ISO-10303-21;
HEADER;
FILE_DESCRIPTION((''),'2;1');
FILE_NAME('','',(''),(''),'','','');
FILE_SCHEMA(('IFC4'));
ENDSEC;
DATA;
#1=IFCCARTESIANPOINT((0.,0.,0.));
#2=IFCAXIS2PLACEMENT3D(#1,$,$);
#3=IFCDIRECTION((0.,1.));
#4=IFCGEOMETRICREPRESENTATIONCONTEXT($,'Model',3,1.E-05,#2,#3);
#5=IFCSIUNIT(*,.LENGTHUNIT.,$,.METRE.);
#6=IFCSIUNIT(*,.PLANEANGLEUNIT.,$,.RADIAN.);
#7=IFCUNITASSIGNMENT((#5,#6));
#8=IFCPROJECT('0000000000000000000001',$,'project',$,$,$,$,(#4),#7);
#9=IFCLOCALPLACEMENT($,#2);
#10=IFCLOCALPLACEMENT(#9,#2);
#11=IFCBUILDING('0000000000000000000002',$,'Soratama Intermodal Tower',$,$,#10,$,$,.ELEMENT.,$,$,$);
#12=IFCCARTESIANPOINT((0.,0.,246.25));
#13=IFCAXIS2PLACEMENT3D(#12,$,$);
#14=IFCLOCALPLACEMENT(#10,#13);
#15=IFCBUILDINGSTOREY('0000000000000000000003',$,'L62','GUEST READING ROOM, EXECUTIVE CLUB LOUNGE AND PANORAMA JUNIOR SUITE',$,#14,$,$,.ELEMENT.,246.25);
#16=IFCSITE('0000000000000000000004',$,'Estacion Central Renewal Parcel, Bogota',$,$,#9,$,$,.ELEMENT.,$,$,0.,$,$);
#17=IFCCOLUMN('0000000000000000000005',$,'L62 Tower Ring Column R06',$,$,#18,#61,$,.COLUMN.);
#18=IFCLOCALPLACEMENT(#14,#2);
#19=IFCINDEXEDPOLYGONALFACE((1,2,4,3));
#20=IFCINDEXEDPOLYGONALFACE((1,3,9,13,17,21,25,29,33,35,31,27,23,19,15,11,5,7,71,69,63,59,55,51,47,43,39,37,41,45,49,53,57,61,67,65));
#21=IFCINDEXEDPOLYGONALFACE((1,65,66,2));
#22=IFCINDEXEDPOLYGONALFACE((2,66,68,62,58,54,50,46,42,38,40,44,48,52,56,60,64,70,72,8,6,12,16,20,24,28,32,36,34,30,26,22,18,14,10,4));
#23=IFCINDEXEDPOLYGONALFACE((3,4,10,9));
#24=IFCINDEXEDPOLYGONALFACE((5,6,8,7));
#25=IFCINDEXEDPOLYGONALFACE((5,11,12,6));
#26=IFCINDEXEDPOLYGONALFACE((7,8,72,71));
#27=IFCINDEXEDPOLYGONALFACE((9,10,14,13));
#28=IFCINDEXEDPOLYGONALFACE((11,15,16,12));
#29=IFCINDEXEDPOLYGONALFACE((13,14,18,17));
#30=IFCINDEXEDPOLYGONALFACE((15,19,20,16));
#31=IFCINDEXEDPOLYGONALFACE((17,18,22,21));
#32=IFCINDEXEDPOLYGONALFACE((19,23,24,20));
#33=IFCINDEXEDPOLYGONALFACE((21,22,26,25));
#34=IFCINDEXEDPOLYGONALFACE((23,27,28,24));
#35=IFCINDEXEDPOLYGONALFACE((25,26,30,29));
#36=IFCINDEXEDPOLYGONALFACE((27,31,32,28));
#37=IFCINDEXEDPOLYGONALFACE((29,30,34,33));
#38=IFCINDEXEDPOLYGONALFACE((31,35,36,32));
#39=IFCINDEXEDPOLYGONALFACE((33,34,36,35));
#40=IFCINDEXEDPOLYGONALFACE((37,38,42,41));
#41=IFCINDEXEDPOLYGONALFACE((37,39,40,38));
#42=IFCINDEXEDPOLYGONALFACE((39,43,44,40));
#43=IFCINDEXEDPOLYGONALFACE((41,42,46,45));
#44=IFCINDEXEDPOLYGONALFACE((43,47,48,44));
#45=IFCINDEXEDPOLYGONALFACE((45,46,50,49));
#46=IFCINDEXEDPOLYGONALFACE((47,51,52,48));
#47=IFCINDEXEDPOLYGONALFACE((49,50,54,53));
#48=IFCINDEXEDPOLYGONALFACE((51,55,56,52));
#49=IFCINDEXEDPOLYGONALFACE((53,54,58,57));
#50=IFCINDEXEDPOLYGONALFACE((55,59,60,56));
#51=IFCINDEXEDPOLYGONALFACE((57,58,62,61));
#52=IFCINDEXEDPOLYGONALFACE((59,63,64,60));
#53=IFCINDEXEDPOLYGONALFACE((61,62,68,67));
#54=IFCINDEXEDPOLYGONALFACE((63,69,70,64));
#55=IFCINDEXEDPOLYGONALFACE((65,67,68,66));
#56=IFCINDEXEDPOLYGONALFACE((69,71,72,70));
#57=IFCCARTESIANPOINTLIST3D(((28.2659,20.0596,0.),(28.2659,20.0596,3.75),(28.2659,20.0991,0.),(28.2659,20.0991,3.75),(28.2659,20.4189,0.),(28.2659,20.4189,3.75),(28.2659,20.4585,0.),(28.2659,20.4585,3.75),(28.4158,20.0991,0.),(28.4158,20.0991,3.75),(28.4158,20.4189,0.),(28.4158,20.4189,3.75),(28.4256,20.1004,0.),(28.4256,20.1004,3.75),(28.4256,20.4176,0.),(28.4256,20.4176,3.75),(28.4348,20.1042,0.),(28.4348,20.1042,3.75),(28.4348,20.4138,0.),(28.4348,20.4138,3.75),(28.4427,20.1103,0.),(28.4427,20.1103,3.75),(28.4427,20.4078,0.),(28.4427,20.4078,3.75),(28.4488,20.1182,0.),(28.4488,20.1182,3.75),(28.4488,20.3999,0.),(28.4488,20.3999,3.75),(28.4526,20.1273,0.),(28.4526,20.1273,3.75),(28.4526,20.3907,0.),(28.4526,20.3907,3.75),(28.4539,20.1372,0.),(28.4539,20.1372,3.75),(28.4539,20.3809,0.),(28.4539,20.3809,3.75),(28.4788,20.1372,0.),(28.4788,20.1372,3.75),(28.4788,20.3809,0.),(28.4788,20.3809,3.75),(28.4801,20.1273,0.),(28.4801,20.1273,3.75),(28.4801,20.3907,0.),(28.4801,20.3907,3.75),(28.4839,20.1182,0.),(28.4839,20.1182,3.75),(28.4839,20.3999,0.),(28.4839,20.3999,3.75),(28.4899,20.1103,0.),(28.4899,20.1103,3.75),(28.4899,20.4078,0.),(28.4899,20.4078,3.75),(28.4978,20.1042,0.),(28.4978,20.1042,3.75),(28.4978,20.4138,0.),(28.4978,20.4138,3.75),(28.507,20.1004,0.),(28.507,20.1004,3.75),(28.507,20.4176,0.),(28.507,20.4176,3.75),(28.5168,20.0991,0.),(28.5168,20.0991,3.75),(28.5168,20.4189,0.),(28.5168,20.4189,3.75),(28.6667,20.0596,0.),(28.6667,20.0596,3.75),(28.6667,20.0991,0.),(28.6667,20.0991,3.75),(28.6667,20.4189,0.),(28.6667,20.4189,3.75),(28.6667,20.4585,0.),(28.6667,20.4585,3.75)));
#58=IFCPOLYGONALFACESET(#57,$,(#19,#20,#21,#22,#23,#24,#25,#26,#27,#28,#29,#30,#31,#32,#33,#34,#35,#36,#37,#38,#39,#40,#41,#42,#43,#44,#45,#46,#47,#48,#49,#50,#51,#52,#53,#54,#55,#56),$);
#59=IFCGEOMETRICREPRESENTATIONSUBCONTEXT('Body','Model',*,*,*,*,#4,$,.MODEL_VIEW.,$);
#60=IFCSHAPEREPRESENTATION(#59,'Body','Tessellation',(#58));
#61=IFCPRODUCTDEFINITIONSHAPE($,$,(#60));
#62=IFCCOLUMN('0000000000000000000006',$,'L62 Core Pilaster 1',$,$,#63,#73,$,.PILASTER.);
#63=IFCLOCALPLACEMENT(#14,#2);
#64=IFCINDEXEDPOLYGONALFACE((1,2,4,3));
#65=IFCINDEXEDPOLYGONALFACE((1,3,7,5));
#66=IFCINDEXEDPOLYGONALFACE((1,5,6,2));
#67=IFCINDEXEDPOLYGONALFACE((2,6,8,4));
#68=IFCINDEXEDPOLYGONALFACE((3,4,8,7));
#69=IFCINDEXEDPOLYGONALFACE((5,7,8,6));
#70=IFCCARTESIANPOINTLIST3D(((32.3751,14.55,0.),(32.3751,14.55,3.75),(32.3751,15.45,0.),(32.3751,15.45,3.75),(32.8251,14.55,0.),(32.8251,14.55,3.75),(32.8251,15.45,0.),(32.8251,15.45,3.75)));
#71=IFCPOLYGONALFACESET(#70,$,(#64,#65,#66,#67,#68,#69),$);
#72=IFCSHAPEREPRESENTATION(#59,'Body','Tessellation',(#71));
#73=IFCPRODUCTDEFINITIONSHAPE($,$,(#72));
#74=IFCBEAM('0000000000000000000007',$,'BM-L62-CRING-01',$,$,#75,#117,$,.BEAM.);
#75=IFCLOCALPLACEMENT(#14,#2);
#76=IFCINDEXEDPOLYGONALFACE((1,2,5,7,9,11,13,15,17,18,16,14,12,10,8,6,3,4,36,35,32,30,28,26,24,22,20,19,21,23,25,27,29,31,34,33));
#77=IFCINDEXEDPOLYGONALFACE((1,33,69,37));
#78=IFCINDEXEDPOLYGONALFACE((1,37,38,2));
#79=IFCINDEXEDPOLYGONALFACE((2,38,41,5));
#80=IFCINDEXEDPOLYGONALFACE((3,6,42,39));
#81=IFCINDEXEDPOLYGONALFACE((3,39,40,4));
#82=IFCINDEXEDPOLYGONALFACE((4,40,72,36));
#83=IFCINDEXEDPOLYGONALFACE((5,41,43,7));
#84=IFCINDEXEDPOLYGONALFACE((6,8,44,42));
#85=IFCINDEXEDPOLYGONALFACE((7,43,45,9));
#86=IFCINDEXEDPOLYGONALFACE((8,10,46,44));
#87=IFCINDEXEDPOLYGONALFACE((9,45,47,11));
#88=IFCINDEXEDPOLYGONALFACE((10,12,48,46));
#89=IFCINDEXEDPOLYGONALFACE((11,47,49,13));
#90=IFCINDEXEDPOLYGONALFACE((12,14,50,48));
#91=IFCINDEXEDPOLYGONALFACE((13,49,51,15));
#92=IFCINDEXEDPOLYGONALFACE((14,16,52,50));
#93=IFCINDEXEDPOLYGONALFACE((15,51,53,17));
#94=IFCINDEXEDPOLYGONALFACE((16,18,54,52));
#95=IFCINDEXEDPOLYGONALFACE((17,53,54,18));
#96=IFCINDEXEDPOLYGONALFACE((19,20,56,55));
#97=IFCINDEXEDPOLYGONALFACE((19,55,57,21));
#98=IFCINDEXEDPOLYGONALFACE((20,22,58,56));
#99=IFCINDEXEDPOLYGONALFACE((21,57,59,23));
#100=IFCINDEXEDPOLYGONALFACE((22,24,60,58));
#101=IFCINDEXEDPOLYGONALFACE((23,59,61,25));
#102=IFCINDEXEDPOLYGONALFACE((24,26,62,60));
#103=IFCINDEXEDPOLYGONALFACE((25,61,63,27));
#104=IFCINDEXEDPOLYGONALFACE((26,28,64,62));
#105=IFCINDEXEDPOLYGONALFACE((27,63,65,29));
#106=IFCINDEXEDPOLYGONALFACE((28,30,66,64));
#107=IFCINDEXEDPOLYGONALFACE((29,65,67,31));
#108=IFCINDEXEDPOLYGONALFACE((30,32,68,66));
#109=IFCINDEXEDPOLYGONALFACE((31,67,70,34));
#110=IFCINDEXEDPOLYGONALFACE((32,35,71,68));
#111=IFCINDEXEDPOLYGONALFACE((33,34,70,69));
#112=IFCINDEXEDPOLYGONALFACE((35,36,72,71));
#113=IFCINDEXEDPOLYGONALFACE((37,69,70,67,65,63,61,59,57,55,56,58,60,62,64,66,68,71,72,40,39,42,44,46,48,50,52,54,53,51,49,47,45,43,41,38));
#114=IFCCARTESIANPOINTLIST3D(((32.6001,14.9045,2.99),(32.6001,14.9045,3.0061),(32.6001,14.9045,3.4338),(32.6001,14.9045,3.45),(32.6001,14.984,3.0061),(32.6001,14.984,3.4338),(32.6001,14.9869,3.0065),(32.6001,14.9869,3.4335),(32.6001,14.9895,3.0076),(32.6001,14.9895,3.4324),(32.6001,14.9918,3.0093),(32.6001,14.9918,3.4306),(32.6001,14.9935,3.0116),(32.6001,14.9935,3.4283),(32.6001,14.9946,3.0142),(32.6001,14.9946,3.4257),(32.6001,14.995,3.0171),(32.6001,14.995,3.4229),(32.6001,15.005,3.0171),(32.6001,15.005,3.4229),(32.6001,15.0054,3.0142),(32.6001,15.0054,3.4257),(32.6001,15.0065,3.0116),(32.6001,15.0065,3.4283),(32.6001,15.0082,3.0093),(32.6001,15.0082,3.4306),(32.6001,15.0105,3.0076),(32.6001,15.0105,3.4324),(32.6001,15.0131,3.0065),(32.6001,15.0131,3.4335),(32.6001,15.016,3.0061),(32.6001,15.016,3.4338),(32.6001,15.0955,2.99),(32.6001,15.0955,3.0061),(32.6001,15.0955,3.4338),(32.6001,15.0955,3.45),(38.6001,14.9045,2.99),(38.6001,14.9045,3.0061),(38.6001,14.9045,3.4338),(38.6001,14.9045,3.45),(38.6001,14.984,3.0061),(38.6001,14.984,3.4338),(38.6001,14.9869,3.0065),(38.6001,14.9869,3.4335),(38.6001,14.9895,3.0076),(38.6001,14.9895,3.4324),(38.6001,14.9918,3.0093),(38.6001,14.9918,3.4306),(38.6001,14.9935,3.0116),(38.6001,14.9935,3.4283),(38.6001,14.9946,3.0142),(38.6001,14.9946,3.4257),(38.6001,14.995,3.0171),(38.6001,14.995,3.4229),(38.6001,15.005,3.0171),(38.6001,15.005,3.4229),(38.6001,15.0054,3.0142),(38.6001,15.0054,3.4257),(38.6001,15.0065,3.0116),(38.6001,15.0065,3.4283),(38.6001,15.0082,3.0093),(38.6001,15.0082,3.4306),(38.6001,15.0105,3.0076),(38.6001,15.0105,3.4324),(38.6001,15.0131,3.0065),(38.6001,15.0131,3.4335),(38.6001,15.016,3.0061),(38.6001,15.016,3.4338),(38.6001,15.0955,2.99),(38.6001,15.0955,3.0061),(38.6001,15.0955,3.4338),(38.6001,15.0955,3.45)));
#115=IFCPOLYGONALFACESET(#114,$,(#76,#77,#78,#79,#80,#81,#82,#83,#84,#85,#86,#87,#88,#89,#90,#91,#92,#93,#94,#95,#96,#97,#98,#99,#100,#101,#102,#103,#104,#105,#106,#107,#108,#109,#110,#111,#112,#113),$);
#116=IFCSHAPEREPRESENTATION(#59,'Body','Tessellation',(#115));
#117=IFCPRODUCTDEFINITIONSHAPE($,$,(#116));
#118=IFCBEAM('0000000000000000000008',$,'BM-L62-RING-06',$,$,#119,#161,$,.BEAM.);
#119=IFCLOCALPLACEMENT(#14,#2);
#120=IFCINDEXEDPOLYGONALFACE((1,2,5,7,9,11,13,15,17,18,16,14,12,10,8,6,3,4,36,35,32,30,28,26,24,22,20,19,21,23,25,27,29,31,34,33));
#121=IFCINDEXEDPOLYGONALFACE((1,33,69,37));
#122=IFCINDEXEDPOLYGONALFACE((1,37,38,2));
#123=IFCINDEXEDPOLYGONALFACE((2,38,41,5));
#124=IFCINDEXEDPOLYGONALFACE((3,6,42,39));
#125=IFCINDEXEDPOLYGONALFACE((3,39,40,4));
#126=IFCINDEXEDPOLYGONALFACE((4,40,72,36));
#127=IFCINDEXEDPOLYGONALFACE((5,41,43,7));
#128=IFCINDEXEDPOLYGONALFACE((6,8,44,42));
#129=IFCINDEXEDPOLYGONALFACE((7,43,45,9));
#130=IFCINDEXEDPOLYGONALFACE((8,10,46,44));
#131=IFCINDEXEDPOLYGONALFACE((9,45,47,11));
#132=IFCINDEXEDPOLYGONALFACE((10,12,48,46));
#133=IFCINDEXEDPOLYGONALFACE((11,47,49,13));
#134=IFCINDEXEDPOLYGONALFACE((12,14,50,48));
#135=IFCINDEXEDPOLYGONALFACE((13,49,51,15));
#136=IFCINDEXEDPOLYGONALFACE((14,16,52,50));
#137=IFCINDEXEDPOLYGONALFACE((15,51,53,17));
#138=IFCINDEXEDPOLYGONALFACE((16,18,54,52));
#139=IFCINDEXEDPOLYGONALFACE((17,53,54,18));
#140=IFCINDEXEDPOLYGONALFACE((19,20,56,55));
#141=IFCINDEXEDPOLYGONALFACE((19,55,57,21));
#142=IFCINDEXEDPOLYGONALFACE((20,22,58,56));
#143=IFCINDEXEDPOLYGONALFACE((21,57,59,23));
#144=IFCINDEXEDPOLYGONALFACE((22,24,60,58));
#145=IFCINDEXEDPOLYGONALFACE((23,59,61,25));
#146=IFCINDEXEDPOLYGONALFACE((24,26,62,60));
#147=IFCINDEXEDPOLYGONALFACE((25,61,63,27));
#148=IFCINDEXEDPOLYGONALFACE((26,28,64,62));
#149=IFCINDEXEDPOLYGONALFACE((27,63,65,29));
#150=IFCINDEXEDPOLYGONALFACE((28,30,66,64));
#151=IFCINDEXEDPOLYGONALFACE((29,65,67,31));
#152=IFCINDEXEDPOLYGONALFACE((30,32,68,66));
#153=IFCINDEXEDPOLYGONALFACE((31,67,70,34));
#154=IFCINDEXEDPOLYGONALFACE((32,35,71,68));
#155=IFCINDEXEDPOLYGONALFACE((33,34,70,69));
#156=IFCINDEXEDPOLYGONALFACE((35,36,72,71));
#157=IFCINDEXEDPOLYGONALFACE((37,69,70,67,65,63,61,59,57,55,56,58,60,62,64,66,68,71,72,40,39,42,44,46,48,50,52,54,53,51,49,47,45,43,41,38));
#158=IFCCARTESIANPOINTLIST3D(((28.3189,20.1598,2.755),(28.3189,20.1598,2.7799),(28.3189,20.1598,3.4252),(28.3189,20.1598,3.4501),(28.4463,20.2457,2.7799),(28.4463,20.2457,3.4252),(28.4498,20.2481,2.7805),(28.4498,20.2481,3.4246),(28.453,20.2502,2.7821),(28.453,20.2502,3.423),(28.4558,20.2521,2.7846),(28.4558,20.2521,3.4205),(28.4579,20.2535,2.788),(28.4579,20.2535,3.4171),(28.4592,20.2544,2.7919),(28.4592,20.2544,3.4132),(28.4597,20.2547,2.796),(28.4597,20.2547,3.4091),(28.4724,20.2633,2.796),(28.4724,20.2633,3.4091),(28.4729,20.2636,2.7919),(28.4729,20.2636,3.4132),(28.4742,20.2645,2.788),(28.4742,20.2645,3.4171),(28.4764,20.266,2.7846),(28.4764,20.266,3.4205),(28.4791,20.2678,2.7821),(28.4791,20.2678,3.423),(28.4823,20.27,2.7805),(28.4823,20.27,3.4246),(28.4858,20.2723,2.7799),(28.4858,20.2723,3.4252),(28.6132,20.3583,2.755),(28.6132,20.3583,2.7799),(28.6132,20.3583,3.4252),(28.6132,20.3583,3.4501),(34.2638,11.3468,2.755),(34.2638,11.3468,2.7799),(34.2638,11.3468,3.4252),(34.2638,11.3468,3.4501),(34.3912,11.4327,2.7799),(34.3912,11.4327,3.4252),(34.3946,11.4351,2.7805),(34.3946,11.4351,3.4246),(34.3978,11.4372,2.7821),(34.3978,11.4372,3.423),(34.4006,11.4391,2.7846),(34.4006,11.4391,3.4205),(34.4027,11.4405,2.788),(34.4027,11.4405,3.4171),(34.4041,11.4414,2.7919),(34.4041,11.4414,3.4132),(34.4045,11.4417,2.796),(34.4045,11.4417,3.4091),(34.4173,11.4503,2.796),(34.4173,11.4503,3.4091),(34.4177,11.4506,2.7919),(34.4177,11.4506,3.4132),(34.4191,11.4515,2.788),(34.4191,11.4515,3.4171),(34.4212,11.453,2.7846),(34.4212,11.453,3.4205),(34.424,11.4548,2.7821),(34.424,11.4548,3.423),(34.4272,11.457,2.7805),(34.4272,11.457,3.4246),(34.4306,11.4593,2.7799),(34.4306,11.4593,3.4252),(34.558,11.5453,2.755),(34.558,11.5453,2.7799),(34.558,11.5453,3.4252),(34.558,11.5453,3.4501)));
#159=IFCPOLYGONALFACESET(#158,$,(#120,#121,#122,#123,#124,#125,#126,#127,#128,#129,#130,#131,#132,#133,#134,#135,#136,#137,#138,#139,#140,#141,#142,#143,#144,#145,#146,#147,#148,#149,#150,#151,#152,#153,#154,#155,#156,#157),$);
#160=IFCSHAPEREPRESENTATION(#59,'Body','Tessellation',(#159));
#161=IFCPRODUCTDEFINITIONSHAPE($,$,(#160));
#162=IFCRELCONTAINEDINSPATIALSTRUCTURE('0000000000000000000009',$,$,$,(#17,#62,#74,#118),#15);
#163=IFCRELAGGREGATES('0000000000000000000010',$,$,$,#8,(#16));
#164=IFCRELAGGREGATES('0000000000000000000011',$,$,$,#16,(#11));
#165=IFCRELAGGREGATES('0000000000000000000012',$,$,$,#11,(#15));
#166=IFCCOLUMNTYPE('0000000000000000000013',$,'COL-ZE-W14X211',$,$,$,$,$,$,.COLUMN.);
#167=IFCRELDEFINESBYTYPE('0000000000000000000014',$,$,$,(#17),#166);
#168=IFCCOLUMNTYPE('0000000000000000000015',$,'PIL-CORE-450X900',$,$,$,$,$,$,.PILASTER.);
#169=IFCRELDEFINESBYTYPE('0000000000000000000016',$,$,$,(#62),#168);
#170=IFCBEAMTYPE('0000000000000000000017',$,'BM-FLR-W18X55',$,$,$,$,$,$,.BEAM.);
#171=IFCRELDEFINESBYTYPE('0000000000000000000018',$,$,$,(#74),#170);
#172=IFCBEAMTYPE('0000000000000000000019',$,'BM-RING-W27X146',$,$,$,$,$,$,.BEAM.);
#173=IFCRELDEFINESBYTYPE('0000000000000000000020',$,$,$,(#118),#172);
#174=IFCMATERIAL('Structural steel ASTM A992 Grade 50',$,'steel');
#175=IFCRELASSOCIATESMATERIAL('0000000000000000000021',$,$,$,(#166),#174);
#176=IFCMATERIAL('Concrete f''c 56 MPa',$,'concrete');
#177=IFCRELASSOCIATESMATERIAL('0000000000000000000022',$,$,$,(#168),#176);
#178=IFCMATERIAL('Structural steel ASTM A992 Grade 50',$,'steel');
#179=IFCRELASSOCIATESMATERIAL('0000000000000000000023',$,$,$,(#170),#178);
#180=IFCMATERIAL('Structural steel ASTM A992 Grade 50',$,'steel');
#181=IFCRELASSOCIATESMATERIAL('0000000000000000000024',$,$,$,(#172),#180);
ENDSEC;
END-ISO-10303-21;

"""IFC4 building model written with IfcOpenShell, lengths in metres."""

from ifc_helpers import new_model, si_unit, direction, frame, origin, origin_2d, place, context, subcontext, project, spatial, rectangle, i_section, extrude, material, material_profile, profile_set, type_object, element, save


model = new_model("IFC4")

# Units and contexts
model_context = context("Model", 3, precision=1e-05, world=origin(), true_north=direction((0.0, 1.0)))
body_context = subcontext(model_context, "Body", "Model", "MODEL_VIEW")
ifc_project = project(units=[si_unit("LENGTHUNIT", "METRE"), si_unit("PLANEANGLEUNIT", "RADIAN")], contexts=[model_context])

# Site, building, storey
site_placement = place(None, origin())
site = spatial("IfcSite", under=ifc_project, at=site_placement, Name="Estacion Central Renewal Parcel, Bogota", CompositionType="ELEMENT", RefElevation=0.0)
building_placement = place(site_placement, origin())
building = spatial("IfcBuilding", under=site, at=building_placement, Name="Soratama Intermodal Tower", CompositionType="ELEMENT")
storey_placement = place(building_placement, frame((0.0, 0.0, 246.25)))
storey = spatial("IfcBuildingStorey", under=building, at=storey_placement, Name="L62", Description="GUEST READING ROOM, EXECUTIVE CLUB LOUNGE AND PANORAMA JUNIOR SUITE", CompositionType="ELEMENT", Elevation=246.25)

# Columns
ifc_material_1 = material(Name="Structural steel ASTM A992 Grade 50", Category="steel")
ifc_material_profile_1 = material_profile(ifc_material_1, i_section(OverallWidth=0.4009, OverallDepth=0.3989, WebThickness=0.0249, FlangeThickness=0.0396, FilletRadius=0.0381, at=origin_2d()), Name="W14X211")
ifc_profile_set_1 = profile_set([ifc_material_profile_1], Name="Structural steel ASTM A992 Grade 50")
column_type_1 = type_object("IfcColumnType", Name="COL-ZE-W14X211", PredefinedType="COLUMN", material=ifc_profile_set_1)
column_1_placement = place(storey_placement, frame((28.4663, 20.259, 0.0), z_axis=(0.0, 0.0, 1.0), x_axis=(1.0, 0.0, 0.0)))
element("IfcColumn", 1, at=column_1_placement, inside=storey, type_object=column_type_1, Name="L62 Tower Ring Column R06", PredefinedType="COLUMN", context=body_context, shape_type="SweptSolid", body=[
    extrude(i_section(OverallWidth=0.4009, OverallDepth=0.3989, WebThickness=0.0249, FlangeThickness=0.0396, FilletRadius=0.0381, at=origin_2d()), origin(), (0.0, 0.0, 1.0), 3.75),
])
ifc_material_2 = material(Name="Concrete f'c 56 MPa", Category="concrete")
ifc_material_profile_2 = material_profile(ifc_material_2, rectangle(XDim=0.45, YDim=0.8999, at=origin_2d()), Name="RC450X900")
ifc_profile_set_2 = profile_set([ifc_material_profile_2], Name="Concrete f'c 56 MPa")
column_type_2 = type_object("IfcColumnType", Name="PIL-CORE-450X900", PredefinedType="PILASTER", material=ifc_profile_set_2)
column_2_placement = place(storey_placement, frame((32.6001, 15.0, 0.0), z_axis=(0.0, 0.0, 1.0), x_axis=(1.0, 0.0, 0.0)))
element("IfcColumn", 2, at=column_2_placement, inside=storey, type_object=column_type_2, Name="L62 Core Pilaster 1", PredefinedType="PILASTER", context=body_context, shape_type="SweptSolid", body=[
    extrude(rectangle(XDim=0.45, YDim=0.8999, at=origin_2d()), origin(), (0.0, 0.0, 1.0), 3.75),
])

# Beams
ifc_material_3 = material(Name="Structural steel ASTM A992 Grade 50", Category="steel")
ifc_material_profile_3 = material_profile(ifc_material_3, i_section(OverallWidth=0.1909, OverallDepth=0.46, WebThickness=0.01, FlangeThickness=0.0161, FilletRadius=0.011, at=origin_2d()), Name="W18X55")
ifc_profile_set_3 = profile_set([ifc_material_profile_3], Name="Structural steel ASTM A992 Grade 50")
beam_type_1 = type_object("IfcBeamType", Name="BM-FLR-W18X55", PredefinedType="BEAM", material=ifc_profile_set_3)
beam_1_placement = place(storey_placement, frame((32.6001, 15.0, 3.22), z_axis=(1.0, 0.0, 0.0), x_axis=(0.0, 1.0, 0.0)))
element("IfcBeam", 3, at=beam_1_placement, inside=storey, type_object=beam_type_1, Name="BM-L62-CRING-01", PredefinedType="BEAM", context=body_context, shape_type="SweptSolid", body=[
    extrude(i_section(OverallWidth=0.1909, OverallDepth=0.46, WebThickness=0.01, FlangeThickness=0.0161, FilletRadius=0.011, at=origin_2d()), origin(), (0.0, 0.0, 1.0), 6.0),
])
ifc_material_4 = material(Name="Structural steel ASTM A992 Grade 50", Category="steel")
ifc_material_profile_4 = material_profile(ifc_material_4, i_section(OverallWidth=0.355, OverallDepth=0.6951, WebThickness=0.0154, FlangeThickness=0.0249, FilletRadius=0.0161, at=origin_2d()), Name="W27X146")
ifc_profile_set_4 = profile_set([ifc_material_profile_4], Name="Structural steel ASTM A992 Grade 50")
beam_type_2 = type_object("IfcBeamType", Name="BM-RING-W27X146", PredefinedType="BEAM", material=ifc_profile_set_4)
beam_2_placement = place(storey_placement, frame((28.4661, 20.259, 3.1025), z_axis=(0.559218, -0.829021, 0.0), x_axis=(0.829021, 0.559218, 0.0)))
element("IfcBeam", 4, at=beam_2_placement, inside=storey, type_object=beam_type_2, Name="BM-L62-RING-06", PredefinedType="BEAM", context=body_context, shape_type="SweptSolid", body=[
    extrude(i_section(OverallWidth=0.355, OverallDepth=0.6951, WebThickness=0.0154, FlangeThickness=0.0249, FilletRadius=0.0161, at=origin_2d()), origin(), (0.0, 0.0, 1.0), 10.6306),
])

save(model, "model.ifc")
